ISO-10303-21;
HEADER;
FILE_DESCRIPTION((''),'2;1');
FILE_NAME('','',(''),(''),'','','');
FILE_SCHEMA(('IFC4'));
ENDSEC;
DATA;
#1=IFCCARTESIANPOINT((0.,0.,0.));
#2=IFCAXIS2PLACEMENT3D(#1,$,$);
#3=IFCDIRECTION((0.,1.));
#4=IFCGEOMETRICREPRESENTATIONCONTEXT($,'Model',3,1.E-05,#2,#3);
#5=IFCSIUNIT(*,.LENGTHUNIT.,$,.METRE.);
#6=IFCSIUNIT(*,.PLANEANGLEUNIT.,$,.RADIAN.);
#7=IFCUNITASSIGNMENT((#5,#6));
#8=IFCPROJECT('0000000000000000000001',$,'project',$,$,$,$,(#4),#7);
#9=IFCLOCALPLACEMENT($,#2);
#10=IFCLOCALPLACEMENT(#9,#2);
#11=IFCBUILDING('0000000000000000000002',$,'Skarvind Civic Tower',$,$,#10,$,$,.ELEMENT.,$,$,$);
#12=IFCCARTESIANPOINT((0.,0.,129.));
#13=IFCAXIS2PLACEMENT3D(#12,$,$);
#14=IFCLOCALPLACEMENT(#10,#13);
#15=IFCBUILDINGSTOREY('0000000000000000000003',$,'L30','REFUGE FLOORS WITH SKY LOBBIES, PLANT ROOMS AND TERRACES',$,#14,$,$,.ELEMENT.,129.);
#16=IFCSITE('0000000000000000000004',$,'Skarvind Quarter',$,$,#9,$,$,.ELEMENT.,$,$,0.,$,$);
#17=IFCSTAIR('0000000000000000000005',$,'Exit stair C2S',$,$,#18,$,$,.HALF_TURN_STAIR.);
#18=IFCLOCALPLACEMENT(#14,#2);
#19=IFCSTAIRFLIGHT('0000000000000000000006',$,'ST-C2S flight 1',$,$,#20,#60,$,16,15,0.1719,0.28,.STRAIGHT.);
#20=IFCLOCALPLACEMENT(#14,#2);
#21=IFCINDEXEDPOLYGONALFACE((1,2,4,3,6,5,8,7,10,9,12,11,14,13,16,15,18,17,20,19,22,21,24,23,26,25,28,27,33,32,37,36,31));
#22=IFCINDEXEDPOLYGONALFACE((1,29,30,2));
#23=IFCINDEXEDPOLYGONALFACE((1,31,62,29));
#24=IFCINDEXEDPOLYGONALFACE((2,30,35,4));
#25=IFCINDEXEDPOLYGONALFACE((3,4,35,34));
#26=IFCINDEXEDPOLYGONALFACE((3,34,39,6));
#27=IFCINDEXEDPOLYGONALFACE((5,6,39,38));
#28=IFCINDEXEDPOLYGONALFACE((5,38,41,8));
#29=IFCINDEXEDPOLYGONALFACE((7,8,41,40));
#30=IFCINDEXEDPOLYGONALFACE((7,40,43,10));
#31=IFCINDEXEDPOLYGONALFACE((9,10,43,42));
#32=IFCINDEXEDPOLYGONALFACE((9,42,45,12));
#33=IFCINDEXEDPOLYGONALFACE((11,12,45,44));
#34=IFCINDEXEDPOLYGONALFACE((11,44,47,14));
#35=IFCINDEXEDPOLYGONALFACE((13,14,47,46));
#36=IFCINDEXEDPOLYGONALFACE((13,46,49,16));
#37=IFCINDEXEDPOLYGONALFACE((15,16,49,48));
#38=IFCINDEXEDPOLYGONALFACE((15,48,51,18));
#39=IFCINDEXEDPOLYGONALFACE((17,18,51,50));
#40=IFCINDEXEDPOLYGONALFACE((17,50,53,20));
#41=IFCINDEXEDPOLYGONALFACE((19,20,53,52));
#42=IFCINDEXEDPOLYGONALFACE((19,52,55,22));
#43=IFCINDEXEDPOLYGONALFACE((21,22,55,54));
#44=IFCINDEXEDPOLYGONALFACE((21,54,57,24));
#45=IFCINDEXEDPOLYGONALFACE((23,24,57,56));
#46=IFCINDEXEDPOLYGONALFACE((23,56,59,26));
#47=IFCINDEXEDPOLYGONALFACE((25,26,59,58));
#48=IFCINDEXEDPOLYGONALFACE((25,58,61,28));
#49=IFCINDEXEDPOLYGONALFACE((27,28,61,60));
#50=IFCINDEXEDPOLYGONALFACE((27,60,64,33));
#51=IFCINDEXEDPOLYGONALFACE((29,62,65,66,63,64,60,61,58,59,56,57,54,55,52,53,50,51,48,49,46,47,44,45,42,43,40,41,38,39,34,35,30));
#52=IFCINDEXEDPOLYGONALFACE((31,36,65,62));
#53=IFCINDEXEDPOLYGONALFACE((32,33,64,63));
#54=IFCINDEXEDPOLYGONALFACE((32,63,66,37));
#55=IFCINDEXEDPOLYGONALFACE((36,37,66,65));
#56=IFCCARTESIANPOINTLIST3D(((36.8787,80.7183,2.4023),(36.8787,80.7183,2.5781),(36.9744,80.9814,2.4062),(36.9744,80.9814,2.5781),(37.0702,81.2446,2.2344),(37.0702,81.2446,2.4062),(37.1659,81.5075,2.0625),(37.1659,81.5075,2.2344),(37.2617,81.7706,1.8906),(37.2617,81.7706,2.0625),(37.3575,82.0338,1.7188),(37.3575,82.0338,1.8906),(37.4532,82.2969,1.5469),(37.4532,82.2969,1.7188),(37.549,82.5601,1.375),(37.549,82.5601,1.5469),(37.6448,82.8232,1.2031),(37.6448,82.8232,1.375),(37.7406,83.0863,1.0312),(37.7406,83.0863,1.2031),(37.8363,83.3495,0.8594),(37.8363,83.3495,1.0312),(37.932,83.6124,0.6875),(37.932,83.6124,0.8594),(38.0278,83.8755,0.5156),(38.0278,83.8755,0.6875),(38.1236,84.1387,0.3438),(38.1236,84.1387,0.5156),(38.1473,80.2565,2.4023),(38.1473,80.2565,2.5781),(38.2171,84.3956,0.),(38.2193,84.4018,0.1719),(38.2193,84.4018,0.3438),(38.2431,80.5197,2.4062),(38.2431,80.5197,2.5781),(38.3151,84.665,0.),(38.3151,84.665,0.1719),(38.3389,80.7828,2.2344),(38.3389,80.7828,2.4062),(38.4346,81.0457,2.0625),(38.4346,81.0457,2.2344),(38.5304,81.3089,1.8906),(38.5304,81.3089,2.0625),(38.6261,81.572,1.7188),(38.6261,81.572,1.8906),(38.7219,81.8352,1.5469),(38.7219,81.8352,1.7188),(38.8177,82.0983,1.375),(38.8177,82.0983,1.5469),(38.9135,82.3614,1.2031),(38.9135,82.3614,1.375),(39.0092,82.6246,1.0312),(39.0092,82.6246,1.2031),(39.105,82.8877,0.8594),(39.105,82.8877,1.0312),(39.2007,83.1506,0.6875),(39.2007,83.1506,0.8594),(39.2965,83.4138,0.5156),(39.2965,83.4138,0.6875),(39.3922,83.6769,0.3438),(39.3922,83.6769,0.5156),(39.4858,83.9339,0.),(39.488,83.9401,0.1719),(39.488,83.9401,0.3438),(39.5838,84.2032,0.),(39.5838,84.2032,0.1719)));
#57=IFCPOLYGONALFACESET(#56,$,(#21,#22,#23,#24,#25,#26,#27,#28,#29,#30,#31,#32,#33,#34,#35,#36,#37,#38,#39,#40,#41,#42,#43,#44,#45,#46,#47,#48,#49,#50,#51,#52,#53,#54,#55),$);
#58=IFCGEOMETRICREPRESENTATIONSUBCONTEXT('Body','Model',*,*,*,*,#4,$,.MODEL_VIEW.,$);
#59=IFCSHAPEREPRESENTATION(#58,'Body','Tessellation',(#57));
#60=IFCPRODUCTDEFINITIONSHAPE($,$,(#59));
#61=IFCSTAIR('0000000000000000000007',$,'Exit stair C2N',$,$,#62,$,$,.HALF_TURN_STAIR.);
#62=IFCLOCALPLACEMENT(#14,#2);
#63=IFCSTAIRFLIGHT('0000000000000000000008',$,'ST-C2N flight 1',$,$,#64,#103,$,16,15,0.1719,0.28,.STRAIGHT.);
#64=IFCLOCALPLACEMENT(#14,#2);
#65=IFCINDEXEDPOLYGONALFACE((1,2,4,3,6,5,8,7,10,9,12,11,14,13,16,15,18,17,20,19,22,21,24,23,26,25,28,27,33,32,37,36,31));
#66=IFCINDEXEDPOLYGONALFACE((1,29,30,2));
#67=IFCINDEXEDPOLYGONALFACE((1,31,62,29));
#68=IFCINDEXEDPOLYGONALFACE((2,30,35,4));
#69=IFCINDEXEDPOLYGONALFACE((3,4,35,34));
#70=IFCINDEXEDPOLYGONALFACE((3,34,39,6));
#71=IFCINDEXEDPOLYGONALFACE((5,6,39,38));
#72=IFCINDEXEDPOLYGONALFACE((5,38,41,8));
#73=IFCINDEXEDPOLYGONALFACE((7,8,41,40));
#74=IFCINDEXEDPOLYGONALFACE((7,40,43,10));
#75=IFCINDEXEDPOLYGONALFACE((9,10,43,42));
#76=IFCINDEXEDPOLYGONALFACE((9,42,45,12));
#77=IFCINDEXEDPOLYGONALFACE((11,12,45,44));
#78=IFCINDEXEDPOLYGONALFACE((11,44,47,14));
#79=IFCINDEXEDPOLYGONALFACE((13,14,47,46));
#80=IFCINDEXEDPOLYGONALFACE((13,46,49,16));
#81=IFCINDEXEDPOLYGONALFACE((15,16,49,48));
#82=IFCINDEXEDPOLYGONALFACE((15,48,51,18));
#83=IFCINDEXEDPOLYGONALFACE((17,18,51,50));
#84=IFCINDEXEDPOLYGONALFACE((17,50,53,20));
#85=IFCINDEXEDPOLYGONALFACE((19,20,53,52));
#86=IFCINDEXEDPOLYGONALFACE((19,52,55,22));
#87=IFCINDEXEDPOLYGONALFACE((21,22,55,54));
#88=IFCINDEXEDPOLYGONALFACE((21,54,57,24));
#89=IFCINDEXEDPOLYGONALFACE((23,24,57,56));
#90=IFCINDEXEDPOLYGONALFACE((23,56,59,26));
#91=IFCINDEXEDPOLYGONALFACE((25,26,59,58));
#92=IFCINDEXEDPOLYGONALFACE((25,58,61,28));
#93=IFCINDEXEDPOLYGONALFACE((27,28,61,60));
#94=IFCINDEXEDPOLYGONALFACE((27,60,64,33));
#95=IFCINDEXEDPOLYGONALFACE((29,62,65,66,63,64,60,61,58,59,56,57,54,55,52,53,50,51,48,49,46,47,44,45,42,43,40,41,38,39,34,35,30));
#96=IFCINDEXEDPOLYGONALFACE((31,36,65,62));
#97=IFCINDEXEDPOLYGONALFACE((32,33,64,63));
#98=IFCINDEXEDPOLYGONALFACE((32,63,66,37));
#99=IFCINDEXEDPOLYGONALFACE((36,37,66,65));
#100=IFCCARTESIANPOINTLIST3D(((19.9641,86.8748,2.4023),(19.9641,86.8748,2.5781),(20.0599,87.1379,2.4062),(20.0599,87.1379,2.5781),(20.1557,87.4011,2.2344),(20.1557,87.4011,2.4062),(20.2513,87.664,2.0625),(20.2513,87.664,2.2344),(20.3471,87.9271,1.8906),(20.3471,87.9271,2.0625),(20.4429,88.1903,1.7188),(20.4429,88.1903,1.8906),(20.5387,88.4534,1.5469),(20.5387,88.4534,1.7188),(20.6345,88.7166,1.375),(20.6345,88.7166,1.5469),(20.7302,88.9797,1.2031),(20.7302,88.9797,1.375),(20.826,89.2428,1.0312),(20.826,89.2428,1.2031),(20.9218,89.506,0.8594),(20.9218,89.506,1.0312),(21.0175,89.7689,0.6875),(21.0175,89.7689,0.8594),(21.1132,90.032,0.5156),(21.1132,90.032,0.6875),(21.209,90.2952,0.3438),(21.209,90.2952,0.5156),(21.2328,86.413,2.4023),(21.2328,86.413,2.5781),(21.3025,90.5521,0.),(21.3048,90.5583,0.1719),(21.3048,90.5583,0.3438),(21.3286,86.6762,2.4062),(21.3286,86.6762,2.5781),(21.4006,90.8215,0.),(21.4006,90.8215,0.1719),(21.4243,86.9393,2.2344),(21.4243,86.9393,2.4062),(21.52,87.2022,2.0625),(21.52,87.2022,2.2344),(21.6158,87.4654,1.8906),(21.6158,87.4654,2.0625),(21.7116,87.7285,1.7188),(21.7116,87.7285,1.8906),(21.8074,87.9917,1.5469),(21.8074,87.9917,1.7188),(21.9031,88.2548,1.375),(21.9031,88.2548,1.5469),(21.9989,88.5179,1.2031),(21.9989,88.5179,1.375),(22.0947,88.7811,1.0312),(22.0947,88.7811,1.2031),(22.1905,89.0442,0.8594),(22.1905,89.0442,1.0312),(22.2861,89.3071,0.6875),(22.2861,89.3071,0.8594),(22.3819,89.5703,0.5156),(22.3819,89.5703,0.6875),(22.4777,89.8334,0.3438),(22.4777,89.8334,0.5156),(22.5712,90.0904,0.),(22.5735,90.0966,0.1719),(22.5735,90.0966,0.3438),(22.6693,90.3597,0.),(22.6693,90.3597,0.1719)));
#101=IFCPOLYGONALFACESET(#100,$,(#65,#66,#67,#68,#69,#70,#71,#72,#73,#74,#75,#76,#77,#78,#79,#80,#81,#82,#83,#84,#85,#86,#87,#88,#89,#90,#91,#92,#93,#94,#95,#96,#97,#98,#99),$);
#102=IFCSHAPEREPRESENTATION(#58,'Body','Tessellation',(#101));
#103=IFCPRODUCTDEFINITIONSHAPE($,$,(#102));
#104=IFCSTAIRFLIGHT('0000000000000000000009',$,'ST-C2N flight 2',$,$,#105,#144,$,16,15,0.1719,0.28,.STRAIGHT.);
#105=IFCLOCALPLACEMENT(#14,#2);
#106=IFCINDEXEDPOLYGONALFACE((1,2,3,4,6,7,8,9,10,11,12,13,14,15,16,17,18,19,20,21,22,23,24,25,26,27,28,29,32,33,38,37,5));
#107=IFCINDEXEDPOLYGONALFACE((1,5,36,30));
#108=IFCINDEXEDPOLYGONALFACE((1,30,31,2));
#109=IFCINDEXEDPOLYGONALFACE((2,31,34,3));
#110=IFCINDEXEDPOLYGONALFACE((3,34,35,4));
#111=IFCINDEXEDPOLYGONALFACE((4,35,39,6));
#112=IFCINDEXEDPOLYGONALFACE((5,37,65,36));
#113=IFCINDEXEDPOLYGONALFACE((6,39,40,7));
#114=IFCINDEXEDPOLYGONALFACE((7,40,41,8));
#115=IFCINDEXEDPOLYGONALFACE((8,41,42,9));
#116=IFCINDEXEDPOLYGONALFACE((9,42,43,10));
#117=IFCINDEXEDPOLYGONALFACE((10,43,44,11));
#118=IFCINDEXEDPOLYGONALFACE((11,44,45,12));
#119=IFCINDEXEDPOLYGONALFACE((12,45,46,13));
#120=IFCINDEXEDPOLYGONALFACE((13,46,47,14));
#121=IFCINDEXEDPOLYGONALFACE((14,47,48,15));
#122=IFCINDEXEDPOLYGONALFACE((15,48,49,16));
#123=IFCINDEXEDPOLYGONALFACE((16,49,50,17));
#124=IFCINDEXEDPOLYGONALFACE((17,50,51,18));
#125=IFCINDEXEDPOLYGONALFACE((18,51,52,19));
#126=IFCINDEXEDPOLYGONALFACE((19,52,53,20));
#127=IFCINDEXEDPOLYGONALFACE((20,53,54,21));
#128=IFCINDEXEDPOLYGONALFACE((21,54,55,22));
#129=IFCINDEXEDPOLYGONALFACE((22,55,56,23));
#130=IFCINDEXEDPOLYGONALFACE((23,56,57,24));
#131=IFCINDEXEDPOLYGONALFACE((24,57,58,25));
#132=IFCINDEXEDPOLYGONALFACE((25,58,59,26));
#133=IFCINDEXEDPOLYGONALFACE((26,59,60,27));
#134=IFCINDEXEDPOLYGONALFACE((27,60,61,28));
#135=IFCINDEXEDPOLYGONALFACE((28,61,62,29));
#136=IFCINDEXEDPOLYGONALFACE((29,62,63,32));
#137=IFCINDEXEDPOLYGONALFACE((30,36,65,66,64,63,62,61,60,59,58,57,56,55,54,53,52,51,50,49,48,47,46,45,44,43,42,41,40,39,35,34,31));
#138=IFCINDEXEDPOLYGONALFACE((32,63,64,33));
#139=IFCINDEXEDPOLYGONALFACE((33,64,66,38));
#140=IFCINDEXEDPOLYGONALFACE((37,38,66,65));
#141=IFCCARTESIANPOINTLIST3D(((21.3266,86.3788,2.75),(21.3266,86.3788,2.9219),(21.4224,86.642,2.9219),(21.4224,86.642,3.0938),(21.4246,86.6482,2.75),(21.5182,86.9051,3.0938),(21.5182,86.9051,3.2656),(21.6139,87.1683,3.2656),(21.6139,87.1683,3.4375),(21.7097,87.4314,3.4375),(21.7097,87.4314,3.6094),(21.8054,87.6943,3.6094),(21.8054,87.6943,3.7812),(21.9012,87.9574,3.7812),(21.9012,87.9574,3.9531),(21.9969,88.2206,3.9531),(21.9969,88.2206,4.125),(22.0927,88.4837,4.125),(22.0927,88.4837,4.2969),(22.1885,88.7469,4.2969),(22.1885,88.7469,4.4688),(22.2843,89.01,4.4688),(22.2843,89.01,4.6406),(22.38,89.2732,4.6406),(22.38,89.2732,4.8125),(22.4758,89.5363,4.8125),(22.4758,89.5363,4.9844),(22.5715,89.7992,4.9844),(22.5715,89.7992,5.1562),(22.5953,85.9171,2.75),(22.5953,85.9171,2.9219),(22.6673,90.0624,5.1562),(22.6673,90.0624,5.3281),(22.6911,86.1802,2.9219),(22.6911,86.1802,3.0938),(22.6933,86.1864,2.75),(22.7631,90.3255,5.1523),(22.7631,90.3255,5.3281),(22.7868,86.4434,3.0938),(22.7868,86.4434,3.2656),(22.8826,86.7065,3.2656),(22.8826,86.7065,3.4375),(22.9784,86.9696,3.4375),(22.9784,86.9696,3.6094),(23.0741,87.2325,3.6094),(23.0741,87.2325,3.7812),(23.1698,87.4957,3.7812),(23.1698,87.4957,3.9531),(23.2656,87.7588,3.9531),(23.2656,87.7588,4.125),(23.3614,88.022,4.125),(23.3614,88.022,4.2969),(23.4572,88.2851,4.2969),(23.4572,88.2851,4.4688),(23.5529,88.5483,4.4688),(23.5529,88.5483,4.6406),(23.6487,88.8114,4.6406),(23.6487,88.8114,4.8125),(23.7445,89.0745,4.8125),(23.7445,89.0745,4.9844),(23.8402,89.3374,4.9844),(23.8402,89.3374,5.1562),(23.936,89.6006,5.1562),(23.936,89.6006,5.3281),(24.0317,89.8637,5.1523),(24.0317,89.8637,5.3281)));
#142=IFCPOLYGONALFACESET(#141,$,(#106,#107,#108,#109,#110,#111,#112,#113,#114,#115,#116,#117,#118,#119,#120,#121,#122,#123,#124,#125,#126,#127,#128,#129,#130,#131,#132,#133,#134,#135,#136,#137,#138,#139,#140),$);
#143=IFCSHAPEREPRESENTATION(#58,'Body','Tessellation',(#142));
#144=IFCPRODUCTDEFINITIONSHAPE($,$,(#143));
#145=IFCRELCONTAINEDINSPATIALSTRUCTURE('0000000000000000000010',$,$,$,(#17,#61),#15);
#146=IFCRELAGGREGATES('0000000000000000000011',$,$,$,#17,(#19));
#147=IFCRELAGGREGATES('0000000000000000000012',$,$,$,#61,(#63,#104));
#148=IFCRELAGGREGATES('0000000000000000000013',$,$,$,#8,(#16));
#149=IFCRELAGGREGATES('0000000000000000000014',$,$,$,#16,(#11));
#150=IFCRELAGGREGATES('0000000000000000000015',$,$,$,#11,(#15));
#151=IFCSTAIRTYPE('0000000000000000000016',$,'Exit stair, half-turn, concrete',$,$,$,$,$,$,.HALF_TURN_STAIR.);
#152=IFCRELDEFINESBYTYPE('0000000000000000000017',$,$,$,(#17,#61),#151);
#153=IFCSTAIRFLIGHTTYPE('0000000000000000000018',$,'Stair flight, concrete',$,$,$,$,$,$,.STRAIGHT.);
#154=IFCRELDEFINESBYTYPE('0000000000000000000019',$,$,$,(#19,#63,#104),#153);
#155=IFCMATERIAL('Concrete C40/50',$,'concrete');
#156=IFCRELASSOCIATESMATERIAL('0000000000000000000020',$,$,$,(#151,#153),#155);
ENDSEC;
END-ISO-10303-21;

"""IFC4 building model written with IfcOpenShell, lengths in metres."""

from ifc_helpers import new_model, si_unit, direction, frame, origin, place, context, subcontext, project, spatial, polyline, outline, extrude, material, type_object, element, aggregate, save


model = new_model("IFC4")

# Units and contexts
model_context = context("Model", 3, precision=1e-05, world=origin(), true_north=direction((0.0, 1.0)))
body_context = subcontext(model_context, "Body", "Model", "MODEL_VIEW")
ifc_project = project(units=[si_unit("LENGTHUNIT", "METRE"), si_unit("PLANEANGLEUNIT", "RADIAN")], contexts=[model_context])

# Site, building, storey
site_placement = place(None, origin())
site = spatial("IfcSite", under=ifc_project, at=site_placement, Name="Skarvind Quarter", CompositionType="ELEMENT", RefElevation=0.0)
building_placement = place(site_placement, origin())
building = spatial("IfcBuilding", under=site, at=building_placement, Name="Skarvind Civic Tower", CompositionType="ELEMENT")
storey_placement = place(building_placement, frame((0.0, 0.0, 129.0)))
storey = spatial("IfcBuildingStorey", under=building, at=storey_placement, Name="L30", Description="REFUGE FLOORS WITH SKY LOBBIES, PLANT ROOMS AND TERRACES", CompositionType="ELEMENT", Elevation=129.0)

# Stair, stair flight
ifc_material_1 = material(Name="Concrete C40/50", Category="concrete")
stair_type = type_object("IfcStairType", Name="Exit stair, half-turn, concrete", PredefinedType="HALF_TURN_STAIR", material=ifc_material_1)
stair_1_placement = place(storey_placement, origin())
stair_1 = element("IfcStair", 1, at=stair_1_placement, inside=storey, type_object=stair_type, Name="Exit stair C2S", PredefinedType="HALF_TURN_STAIR")
stair_flight_type = type_object("IfcStairFlightType", Name="Stair flight, concrete", PredefinedType="STRAIGHT", material=ifc_material_1)
stair_flight_1_placement = place(storey_placement, frame((38.9495, 84.4341, 0.0), z_axis=(0.0, 0.0, 1.0), x_axis=(-0.34202, -0.939693, 0.0)))
stair_flight_1 = element("IfcStairFlight", 2, at=stair_flight_1_placement, type_object=stair_flight_type, Name="ST-C2S flight 1", NumberOfRisers=16, NumberOfTreads=15, PredefinedType="STRAIGHT", RiserHeight=0.1719, TreadLength=0.28, context=body_context, shape_type="SweptSolid", body=[
    extrude(outline(polyline([(0.0, 0.0), (0.0, 0.1719), (0.28, 0.1719), (0.28, 0.3438), (0.5601, 0.3438), (0.5601, 0.5156), (0.8401, 0.5156), (0.8401, 0.6875), (1.1201, 0.6875), (1.1201, 0.8594), (1.3999, 0.8594), (1.3999, 1.0312), (1.6799, 1.0312), (1.6799, 1.2031), (1.96, 1.2031), (1.96, 1.375), (2.24, 1.375), (2.24, 1.5469), (2.52, 1.5469), (2.52, 1.7188), (2.8, 1.7188), (2.8, 1.8906), (3.0801, 1.8906), (3.0801, 2.0625), (3.3601, 2.0625), (3.3601, 2.2344), (3.6399, 2.2344), (3.6399, 2.4062), (3.9199, 2.4062), (3.9199, 2.5781), (4.2, 2.5781), (4.2, 2.75), (4.2, 2.4023), (0.2866, 0.0), (0.0, 0.0)])), frame((0.0, 0.675, 0.0), z_axis=(0.0, -1.0, 0.0), x_axis=(1.0, 0.0, 0.0)), (0.0, 0.0, 1.0), 1.3501),
])
aggregate(stair_1, [stair_flight_1])

# Stair, stair flights
stair_2_placement = place(storey_placement, origin())
stair_2 = element("IfcStair", 3, at=stair_2_placement, inside=storey, type_object=stair_type, Name="Exit stair C2N", PredefinedType="HALF_TURN_STAIR")
stair_flight_2_placement = place(storey_placement, frame((22.0349, 90.5906, 0.0), z_axis=(0.0, 0.0, 1.0), x_axis=(-0.34202, -0.939693, 0.0)))
stair_flight_2 = element("IfcStairFlight", 4, at=stair_flight_2_placement, type_object=stair_flight_type, Name="ST-C2N flight 1", NumberOfRisers=16, NumberOfTreads=15, PredefinedType="STRAIGHT", RiserHeight=0.1719, TreadLength=0.28, context=body_context, shape_type="SweptSolid", body=[
    extrude(outline(polyline([(0.0, 0.0), (0.0, 0.1719), (0.28, 0.1719), (0.28, 0.3438), (0.5601, 0.3438), (0.5601, 0.5156), (0.8401, 0.5156), (0.8401, 0.6875), (1.1201, 0.6875), (1.1201, 0.8594), (1.3999, 0.8594), (1.3999, 1.0312), (1.6799, 1.0312), (1.6799, 1.2031), (1.96, 1.2031), (1.96, 1.375), (2.24, 1.375), (2.24, 1.5469), (2.52, 1.5469), (2.52, 1.7188), (2.8, 1.7188), (2.8, 1.8906), (3.0801, 1.8906), (3.0801, 2.0625), (3.3601, 2.0625), (3.3601, 2.2344), (3.6399, 2.2344), (3.6399, 2.4062), (3.9199, 2.4062), (3.9199, 2.5781), (4.2, 2.5781), (4.2, 2.75), (4.2, 2.4023), (0.2866, 0.0), (0.0, 0.0)])), frame((0.0, 0.675, 0.0), z_axis=(0.0, -1.0, 0.0), x_axis=(1.0, 0.0, 0.0)), (0.0, 0.0, 1.0), 1.3501),
])
stair_flight_3_placement = place(storey_placement, frame((21.9609, 86.1479, 2.75), z_axis=(0.0, 0.0, 1.0), x_axis=(0.34202, 0.939693, 0.0)))
stair_flight_3 = element("IfcStairFlight", 5, at=stair_flight_3_placement, type_object=stair_flight_type, Name="ST-C2N flight 2", NumberOfRisers=16, NumberOfTreads=15, PredefinedType="STRAIGHT", RiserHeight=0.1719, TreadLength=0.28, context=body_context, shape_type="SweptSolid", body=[
    extrude(outline(polyline([(0.0, 0.0), (0.0, 0.1719), (0.28, 0.1719), (0.28, 0.3438), (0.5601, 0.3438), (0.5601, 0.5156), (0.8401, 0.5156), (0.8401, 0.6875), (1.1201, 0.6875), (1.1201, 0.8594), (1.3999, 0.8594), (1.3999, 1.0312), (1.6799, 1.0312), (1.6799, 1.2031), (1.96, 1.2031), (1.96, 1.375), (2.24, 1.375), (2.24, 1.5469), (2.52, 1.5469), (2.52, 1.7188), (2.8, 1.7188), (2.8, 1.8906), (3.0801, 1.8906), (3.0801, 2.0625), (3.3601, 2.0625), (3.3601, 2.2344), (3.6399, 2.2344), (3.6399, 2.4062), (3.9199, 2.4062), (3.9199, 2.5781), (4.2, 2.5781), (4.2, 2.75), (4.2, 2.4023), (0.2866, 0.0), (0.0, 0.0)])), frame((0.0, 0.675, 0.0), z_axis=(0.0, -1.0, 0.0), x_axis=(1.0, 0.0, 0.0)), (0.0, 0.0, 1.0), 1.3501),
])
aggregate(stair_2, [stair_flight_2, stair_flight_3])

save(model, "model.ifc")
